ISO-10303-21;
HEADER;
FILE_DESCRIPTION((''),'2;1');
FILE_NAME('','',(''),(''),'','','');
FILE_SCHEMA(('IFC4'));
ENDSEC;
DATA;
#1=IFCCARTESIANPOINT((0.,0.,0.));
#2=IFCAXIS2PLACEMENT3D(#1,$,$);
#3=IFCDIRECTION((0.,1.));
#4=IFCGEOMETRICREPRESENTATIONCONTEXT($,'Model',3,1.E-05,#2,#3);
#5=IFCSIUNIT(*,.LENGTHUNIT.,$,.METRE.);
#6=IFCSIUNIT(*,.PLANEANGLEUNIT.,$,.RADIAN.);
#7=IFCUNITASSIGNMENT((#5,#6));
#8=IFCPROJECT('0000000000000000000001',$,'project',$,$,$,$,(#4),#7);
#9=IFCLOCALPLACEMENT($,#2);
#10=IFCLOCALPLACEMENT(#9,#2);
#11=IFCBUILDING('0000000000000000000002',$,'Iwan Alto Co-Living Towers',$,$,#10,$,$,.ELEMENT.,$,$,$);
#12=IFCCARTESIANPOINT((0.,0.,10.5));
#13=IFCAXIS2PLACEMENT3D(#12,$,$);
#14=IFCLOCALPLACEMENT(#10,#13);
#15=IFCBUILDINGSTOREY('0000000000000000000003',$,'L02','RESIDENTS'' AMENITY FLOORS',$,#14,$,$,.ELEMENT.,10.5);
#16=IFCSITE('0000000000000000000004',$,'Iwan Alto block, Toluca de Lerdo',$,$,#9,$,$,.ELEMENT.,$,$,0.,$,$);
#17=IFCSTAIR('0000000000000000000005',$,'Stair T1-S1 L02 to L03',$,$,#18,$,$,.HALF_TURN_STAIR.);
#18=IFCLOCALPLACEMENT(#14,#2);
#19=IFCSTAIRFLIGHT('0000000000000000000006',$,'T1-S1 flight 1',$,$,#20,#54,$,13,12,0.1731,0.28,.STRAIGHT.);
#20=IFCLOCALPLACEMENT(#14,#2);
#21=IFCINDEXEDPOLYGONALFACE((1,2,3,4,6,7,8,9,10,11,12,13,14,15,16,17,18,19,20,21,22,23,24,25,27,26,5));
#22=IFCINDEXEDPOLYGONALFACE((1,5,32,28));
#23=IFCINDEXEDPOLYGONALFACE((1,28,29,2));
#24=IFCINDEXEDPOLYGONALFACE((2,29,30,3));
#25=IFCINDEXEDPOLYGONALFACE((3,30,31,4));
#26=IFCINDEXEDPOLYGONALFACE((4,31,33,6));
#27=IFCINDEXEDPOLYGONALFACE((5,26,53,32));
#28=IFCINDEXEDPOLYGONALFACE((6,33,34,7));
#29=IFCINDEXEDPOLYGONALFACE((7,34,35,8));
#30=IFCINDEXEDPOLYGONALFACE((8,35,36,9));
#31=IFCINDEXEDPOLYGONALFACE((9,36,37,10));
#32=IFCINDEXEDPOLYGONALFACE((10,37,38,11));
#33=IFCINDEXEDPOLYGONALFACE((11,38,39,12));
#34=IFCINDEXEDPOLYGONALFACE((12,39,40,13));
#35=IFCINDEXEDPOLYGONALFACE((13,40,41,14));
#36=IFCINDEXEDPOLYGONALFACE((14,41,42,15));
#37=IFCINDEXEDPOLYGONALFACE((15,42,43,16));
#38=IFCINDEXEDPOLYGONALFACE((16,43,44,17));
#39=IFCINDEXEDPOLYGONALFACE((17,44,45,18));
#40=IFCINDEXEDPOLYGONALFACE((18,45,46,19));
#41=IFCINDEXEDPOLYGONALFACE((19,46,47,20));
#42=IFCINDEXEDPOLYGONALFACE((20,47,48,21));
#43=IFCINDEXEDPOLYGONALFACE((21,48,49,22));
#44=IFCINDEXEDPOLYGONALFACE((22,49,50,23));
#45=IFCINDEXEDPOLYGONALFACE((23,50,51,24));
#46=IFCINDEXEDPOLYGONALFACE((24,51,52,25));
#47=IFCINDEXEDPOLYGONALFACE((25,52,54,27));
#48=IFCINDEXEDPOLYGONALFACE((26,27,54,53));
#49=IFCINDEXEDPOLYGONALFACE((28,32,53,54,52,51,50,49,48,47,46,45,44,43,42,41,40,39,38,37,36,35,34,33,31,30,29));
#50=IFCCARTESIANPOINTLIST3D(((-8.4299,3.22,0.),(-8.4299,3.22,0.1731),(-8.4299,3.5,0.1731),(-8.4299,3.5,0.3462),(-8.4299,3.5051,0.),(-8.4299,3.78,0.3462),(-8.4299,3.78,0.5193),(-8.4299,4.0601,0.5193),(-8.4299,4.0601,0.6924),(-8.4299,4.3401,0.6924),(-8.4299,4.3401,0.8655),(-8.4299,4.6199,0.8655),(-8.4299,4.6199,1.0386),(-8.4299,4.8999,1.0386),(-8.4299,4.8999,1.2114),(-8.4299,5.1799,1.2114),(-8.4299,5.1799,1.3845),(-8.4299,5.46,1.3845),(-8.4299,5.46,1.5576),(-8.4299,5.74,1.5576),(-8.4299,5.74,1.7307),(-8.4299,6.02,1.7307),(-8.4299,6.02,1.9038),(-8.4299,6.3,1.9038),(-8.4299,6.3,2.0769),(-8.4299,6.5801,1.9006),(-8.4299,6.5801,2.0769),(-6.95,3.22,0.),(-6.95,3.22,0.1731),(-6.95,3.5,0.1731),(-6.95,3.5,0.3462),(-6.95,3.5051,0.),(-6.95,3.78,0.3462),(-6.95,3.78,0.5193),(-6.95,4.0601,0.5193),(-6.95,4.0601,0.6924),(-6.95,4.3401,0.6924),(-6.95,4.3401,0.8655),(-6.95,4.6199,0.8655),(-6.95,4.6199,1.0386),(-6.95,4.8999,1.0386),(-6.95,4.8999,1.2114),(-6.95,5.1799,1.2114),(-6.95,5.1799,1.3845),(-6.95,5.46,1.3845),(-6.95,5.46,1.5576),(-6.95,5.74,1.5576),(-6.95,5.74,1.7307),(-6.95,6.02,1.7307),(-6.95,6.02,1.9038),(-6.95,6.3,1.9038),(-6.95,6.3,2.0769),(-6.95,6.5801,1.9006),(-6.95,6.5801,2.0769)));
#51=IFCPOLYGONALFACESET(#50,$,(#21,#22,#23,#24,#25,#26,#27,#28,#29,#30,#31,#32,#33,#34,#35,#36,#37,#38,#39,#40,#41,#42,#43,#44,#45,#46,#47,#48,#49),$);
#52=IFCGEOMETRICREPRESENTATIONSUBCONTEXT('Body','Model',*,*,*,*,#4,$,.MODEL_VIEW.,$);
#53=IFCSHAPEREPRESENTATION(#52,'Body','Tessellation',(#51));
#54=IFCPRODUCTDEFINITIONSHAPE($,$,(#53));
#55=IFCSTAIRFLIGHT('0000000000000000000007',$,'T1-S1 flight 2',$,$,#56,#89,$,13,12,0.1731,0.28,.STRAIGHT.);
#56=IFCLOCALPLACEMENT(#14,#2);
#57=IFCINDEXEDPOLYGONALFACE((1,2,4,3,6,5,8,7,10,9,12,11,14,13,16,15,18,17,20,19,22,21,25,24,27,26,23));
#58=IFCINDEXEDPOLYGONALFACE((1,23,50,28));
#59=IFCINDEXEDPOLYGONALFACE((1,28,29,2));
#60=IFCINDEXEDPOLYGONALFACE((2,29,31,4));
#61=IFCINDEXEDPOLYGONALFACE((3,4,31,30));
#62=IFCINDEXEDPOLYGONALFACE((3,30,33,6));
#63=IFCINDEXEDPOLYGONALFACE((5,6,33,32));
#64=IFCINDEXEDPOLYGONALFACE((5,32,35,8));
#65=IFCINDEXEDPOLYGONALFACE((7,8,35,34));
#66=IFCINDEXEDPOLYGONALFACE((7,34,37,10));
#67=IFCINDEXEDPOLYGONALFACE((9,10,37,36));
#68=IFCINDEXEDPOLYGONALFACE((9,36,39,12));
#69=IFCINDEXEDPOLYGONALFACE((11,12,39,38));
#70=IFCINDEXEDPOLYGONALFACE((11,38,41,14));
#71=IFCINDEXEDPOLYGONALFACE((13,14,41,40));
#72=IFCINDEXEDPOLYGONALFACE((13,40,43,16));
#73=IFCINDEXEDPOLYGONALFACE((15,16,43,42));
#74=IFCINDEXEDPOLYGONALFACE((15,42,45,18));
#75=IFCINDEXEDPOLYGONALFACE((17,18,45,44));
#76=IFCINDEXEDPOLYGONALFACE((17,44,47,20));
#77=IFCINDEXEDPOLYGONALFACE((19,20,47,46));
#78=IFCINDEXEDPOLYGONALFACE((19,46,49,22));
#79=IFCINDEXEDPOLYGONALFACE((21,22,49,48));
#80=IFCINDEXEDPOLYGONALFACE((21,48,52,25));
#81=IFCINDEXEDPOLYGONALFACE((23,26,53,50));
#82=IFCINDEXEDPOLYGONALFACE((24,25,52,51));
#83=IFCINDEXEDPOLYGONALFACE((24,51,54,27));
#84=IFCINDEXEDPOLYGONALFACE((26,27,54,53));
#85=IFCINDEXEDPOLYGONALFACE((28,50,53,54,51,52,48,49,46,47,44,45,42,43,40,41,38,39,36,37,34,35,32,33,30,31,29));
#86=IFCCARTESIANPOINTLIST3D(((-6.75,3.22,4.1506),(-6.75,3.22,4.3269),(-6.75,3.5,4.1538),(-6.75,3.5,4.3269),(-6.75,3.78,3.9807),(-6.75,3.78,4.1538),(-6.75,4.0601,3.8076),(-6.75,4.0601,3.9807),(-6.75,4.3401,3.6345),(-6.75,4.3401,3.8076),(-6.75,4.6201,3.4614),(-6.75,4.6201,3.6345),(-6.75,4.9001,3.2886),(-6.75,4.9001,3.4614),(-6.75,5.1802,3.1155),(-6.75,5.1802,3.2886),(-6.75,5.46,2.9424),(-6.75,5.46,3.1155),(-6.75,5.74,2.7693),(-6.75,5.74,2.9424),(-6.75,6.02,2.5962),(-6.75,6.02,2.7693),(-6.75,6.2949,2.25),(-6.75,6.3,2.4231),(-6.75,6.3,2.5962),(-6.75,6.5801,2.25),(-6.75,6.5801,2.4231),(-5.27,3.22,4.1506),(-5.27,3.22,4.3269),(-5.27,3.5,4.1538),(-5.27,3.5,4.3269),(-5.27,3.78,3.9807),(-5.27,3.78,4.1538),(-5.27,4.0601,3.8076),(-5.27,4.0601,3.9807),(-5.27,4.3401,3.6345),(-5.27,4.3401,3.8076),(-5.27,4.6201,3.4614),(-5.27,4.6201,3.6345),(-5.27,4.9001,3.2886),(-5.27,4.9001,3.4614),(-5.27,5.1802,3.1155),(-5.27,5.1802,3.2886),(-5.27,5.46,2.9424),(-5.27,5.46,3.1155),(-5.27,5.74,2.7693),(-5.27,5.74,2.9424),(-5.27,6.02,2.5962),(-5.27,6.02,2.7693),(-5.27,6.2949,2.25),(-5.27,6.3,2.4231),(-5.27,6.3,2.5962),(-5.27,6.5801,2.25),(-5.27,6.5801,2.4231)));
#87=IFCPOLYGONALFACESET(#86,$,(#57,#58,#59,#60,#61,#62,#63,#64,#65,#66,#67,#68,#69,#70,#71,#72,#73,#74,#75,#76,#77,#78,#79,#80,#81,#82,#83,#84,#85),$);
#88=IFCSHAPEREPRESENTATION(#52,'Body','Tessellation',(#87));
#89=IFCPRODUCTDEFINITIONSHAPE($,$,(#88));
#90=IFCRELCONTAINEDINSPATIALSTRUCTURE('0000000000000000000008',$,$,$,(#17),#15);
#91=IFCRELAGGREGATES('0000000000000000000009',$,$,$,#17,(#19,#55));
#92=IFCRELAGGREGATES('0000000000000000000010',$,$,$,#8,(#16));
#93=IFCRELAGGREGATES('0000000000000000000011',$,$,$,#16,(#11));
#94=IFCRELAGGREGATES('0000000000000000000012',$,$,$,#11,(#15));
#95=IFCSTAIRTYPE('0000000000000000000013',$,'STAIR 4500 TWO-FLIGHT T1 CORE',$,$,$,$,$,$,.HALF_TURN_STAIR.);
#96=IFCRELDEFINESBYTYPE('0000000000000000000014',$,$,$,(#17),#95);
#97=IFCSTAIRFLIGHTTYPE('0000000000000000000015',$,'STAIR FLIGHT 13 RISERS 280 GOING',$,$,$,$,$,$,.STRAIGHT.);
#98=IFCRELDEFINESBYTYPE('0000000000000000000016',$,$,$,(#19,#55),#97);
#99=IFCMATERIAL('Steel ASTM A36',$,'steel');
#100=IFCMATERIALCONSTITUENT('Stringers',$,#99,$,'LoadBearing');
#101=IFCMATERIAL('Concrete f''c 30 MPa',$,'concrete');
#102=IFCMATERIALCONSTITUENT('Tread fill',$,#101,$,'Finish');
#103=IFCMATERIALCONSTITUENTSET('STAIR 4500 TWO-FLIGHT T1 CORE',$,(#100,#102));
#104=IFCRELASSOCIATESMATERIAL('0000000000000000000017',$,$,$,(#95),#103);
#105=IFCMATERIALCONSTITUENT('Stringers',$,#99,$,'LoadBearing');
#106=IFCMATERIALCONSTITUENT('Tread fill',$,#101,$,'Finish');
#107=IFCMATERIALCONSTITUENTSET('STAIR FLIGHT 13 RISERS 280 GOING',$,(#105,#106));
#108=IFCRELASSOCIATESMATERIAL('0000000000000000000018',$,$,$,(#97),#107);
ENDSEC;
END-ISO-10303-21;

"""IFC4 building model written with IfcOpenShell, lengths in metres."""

from ifc_helpers import new_model, si_unit, direction, frame, origin, place, context, subcontext, project, spatial, polyline, outline, extrude, material, constituent, constituent_set, type_object, element, aggregate, save


model = new_model("IFC4")

# Units and contexts
model_context = context("Model", 3, precision=1e-05, world=origin(), true_north=direction((0.0, 1.0)))
body_context = subcontext(model_context, "Body", "Model", "MODEL_VIEW")
ifc_project = project(units=[si_unit("LENGTHUNIT", "METRE"), si_unit("PLANEANGLEUNIT", "RADIAN")], contexts=[model_context])

# Site, building, storey
site_placement = place(None, origin())
site = spatial("IfcSite", under=ifc_project, at=site_placement, Name="Iwan Alto block, Toluca de Lerdo", CompositionType="ELEMENT", RefElevation=0.0)
building_placement = place(site_placement, origin())
building = spatial("IfcBuilding", under=site, at=building_placement, Name="Iwan Alto Co-Living Towers", CompositionType="ELEMENT")
storey_placement = place(building_placement, frame((0.0, 0.0, 10.5)))
storey = spatial("IfcBuildingStorey", under=building, at=storey_placement, Name="L02", Description="RESIDENTS' AMENITY FLOORS", CompositionType="ELEMENT", Elevation=10.5)

# Stair, stair flights
ifc_material_1 = material(Name="Steel ASTM A36", Category="steel")
ifc_constituent_1 = constituent(ifc_material_1, Name="Stringers", Category="LoadBearing")
ifc_material_2 = material(Name="Concrete f'c 30 MPa", Category="concrete")
ifc_constituent_2 = constituent(ifc_material_2, Name="Tread fill", Category="Finish")
ifc_constituent_set_1 = constituent_set(constituents=[ifc_constituent_1, ifc_constituent_2], Name="STAIR 4500 TWO-FLIGHT T1 CORE")
stair_type = type_object("IfcStairType", Name="STAIR 4500 TWO-FLIGHT T1 CORE", PredefinedType="HALF_TURN_STAIR", material=ifc_constituent_set_1)
stair_placement = place(storey_placement, origin())
stair = element("IfcStair", 1, at=stair_placement, inside=storey, type_object=stair_type, Name="Stair T1-S1 L02 to L03", PredefinedType="HALF_TURN_STAIR")
ifc_constituent_3 = constituent(ifc_material_1, Name="Stringers", Category="LoadBearing")
ifc_constituent_4 = constituent(ifc_material_2, Name="Tread fill", Category="Finish")
ifc_constituent_set_2 = constituent_set(constituents=[ifc_constituent_3, ifc_constituent_4], Name="STAIR FLIGHT 13 RISERS 280 GOING")
stair_flight_type = type_object("IfcStairFlightType", Name="STAIR FLIGHT 13 RISERS 280 GOING", PredefinedType="STRAIGHT", material=ifc_constituent_set_2)
stair_flight_1_placement = place(storey_placement, frame((-7.6899, 3.22, 0.0), z_axis=(0.0, 0.0, 1.0), x_axis=(0.0, 1.0, 0.0)))
stair_flight_1 = element("IfcStairFlight", 2, at=stair_flight_1_placement, type_object=stair_flight_type, Name="T1-S1 flight 1", NumberOfRisers=13, NumberOfTreads=12, PredefinedType="STRAIGHT", RiserHeight=0.1731, TreadLength=0.28, context=body_context, shape_type="SweptSolid", body=[
    extrude(outline(polyline([(0.0, 0.0), (0.0, 0.1731), (0.28, 0.1731), (0.28, 0.3462), (0.5601, 0.3462), (0.5601, 0.5193), (0.8401, 0.5193), (0.8401, 0.6924), (1.1201, 0.6924), (1.1201, 0.8655), (1.3999, 0.8655), (1.3999, 1.0386), (1.6799, 1.0386), (1.6799, 1.2114), (1.96, 1.2114), (1.96, 1.3845), (2.24, 1.3845), (2.24, 1.5576), (2.52, 1.5576), (2.52, 1.7307), (2.8, 1.7307), (2.8, 1.9038), (3.0801, 1.9038), (3.0801, 2.0769), (3.3601, 2.0769), (3.3601, 2.25), (3.3601, 1.9006), (0.2852, 0.0), (0.0, 0.0)])), frame((0.0, 0.74, 0.0), z_axis=(0.0, -1.0, 0.0), x_axis=(1.0, 0.0, 0.0)), (0.0, 0.0, 1.0), 1.48),
])
stair_flight_2_placement = place(storey_placement, frame((-6.01, 6.5801, 2.25), z_axis=(0.0, 0.0, 1.0), x_axis=(0.0, -1.0, 0.0)))
stair_flight_2 = element("IfcStairFlight", 3, at=stair_flight_2_placement, type_object=stair_flight_type, Name="T1-S1 flight 2", NumberOfRisers=13, NumberOfTreads=12, PredefinedType="STRAIGHT", RiserHeight=0.1731, TreadLength=0.28, context=body_context, shape_type="SweptSolid", body=[
    extrude(outline(polyline([(0.0, 0.0), (0.0, 0.1731), (0.28, 0.1731), (0.28, 0.3462), (0.5601, 0.3462), (0.5601, 0.5193), (0.8401, 0.5193), (0.8401, 0.6924), (1.1201, 0.6924), (1.1201, 0.8655), (1.3999, 0.8655), (1.3999, 1.0386), (1.6799, 1.0386), (1.6799, 1.2114), (1.96, 1.2114), (1.96, 1.3845), (2.24, 1.3845), (2.24, 1.5576), (2.52, 1.5576), (2.52, 1.7307), (2.8, 1.7307), (2.8, 1.9038), (3.0801, 1.9038), (3.0801, 2.0769), (3.3601, 2.0769), (3.3601, 2.25), (3.3601, 1.9006), (0.2852, 0.0), (0.0, 0.0)])), frame((0.0, 0.74, 0.0), z_axis=(0.0, -1.0, 0.0), x_axis=(1.0, 0.0, 0.0)), (0.0, 0.0, 1.0), 1.48),
])
aggregate(stair, [stair_flight_1, stair_flight_2])

save(model, "model.ifc")
